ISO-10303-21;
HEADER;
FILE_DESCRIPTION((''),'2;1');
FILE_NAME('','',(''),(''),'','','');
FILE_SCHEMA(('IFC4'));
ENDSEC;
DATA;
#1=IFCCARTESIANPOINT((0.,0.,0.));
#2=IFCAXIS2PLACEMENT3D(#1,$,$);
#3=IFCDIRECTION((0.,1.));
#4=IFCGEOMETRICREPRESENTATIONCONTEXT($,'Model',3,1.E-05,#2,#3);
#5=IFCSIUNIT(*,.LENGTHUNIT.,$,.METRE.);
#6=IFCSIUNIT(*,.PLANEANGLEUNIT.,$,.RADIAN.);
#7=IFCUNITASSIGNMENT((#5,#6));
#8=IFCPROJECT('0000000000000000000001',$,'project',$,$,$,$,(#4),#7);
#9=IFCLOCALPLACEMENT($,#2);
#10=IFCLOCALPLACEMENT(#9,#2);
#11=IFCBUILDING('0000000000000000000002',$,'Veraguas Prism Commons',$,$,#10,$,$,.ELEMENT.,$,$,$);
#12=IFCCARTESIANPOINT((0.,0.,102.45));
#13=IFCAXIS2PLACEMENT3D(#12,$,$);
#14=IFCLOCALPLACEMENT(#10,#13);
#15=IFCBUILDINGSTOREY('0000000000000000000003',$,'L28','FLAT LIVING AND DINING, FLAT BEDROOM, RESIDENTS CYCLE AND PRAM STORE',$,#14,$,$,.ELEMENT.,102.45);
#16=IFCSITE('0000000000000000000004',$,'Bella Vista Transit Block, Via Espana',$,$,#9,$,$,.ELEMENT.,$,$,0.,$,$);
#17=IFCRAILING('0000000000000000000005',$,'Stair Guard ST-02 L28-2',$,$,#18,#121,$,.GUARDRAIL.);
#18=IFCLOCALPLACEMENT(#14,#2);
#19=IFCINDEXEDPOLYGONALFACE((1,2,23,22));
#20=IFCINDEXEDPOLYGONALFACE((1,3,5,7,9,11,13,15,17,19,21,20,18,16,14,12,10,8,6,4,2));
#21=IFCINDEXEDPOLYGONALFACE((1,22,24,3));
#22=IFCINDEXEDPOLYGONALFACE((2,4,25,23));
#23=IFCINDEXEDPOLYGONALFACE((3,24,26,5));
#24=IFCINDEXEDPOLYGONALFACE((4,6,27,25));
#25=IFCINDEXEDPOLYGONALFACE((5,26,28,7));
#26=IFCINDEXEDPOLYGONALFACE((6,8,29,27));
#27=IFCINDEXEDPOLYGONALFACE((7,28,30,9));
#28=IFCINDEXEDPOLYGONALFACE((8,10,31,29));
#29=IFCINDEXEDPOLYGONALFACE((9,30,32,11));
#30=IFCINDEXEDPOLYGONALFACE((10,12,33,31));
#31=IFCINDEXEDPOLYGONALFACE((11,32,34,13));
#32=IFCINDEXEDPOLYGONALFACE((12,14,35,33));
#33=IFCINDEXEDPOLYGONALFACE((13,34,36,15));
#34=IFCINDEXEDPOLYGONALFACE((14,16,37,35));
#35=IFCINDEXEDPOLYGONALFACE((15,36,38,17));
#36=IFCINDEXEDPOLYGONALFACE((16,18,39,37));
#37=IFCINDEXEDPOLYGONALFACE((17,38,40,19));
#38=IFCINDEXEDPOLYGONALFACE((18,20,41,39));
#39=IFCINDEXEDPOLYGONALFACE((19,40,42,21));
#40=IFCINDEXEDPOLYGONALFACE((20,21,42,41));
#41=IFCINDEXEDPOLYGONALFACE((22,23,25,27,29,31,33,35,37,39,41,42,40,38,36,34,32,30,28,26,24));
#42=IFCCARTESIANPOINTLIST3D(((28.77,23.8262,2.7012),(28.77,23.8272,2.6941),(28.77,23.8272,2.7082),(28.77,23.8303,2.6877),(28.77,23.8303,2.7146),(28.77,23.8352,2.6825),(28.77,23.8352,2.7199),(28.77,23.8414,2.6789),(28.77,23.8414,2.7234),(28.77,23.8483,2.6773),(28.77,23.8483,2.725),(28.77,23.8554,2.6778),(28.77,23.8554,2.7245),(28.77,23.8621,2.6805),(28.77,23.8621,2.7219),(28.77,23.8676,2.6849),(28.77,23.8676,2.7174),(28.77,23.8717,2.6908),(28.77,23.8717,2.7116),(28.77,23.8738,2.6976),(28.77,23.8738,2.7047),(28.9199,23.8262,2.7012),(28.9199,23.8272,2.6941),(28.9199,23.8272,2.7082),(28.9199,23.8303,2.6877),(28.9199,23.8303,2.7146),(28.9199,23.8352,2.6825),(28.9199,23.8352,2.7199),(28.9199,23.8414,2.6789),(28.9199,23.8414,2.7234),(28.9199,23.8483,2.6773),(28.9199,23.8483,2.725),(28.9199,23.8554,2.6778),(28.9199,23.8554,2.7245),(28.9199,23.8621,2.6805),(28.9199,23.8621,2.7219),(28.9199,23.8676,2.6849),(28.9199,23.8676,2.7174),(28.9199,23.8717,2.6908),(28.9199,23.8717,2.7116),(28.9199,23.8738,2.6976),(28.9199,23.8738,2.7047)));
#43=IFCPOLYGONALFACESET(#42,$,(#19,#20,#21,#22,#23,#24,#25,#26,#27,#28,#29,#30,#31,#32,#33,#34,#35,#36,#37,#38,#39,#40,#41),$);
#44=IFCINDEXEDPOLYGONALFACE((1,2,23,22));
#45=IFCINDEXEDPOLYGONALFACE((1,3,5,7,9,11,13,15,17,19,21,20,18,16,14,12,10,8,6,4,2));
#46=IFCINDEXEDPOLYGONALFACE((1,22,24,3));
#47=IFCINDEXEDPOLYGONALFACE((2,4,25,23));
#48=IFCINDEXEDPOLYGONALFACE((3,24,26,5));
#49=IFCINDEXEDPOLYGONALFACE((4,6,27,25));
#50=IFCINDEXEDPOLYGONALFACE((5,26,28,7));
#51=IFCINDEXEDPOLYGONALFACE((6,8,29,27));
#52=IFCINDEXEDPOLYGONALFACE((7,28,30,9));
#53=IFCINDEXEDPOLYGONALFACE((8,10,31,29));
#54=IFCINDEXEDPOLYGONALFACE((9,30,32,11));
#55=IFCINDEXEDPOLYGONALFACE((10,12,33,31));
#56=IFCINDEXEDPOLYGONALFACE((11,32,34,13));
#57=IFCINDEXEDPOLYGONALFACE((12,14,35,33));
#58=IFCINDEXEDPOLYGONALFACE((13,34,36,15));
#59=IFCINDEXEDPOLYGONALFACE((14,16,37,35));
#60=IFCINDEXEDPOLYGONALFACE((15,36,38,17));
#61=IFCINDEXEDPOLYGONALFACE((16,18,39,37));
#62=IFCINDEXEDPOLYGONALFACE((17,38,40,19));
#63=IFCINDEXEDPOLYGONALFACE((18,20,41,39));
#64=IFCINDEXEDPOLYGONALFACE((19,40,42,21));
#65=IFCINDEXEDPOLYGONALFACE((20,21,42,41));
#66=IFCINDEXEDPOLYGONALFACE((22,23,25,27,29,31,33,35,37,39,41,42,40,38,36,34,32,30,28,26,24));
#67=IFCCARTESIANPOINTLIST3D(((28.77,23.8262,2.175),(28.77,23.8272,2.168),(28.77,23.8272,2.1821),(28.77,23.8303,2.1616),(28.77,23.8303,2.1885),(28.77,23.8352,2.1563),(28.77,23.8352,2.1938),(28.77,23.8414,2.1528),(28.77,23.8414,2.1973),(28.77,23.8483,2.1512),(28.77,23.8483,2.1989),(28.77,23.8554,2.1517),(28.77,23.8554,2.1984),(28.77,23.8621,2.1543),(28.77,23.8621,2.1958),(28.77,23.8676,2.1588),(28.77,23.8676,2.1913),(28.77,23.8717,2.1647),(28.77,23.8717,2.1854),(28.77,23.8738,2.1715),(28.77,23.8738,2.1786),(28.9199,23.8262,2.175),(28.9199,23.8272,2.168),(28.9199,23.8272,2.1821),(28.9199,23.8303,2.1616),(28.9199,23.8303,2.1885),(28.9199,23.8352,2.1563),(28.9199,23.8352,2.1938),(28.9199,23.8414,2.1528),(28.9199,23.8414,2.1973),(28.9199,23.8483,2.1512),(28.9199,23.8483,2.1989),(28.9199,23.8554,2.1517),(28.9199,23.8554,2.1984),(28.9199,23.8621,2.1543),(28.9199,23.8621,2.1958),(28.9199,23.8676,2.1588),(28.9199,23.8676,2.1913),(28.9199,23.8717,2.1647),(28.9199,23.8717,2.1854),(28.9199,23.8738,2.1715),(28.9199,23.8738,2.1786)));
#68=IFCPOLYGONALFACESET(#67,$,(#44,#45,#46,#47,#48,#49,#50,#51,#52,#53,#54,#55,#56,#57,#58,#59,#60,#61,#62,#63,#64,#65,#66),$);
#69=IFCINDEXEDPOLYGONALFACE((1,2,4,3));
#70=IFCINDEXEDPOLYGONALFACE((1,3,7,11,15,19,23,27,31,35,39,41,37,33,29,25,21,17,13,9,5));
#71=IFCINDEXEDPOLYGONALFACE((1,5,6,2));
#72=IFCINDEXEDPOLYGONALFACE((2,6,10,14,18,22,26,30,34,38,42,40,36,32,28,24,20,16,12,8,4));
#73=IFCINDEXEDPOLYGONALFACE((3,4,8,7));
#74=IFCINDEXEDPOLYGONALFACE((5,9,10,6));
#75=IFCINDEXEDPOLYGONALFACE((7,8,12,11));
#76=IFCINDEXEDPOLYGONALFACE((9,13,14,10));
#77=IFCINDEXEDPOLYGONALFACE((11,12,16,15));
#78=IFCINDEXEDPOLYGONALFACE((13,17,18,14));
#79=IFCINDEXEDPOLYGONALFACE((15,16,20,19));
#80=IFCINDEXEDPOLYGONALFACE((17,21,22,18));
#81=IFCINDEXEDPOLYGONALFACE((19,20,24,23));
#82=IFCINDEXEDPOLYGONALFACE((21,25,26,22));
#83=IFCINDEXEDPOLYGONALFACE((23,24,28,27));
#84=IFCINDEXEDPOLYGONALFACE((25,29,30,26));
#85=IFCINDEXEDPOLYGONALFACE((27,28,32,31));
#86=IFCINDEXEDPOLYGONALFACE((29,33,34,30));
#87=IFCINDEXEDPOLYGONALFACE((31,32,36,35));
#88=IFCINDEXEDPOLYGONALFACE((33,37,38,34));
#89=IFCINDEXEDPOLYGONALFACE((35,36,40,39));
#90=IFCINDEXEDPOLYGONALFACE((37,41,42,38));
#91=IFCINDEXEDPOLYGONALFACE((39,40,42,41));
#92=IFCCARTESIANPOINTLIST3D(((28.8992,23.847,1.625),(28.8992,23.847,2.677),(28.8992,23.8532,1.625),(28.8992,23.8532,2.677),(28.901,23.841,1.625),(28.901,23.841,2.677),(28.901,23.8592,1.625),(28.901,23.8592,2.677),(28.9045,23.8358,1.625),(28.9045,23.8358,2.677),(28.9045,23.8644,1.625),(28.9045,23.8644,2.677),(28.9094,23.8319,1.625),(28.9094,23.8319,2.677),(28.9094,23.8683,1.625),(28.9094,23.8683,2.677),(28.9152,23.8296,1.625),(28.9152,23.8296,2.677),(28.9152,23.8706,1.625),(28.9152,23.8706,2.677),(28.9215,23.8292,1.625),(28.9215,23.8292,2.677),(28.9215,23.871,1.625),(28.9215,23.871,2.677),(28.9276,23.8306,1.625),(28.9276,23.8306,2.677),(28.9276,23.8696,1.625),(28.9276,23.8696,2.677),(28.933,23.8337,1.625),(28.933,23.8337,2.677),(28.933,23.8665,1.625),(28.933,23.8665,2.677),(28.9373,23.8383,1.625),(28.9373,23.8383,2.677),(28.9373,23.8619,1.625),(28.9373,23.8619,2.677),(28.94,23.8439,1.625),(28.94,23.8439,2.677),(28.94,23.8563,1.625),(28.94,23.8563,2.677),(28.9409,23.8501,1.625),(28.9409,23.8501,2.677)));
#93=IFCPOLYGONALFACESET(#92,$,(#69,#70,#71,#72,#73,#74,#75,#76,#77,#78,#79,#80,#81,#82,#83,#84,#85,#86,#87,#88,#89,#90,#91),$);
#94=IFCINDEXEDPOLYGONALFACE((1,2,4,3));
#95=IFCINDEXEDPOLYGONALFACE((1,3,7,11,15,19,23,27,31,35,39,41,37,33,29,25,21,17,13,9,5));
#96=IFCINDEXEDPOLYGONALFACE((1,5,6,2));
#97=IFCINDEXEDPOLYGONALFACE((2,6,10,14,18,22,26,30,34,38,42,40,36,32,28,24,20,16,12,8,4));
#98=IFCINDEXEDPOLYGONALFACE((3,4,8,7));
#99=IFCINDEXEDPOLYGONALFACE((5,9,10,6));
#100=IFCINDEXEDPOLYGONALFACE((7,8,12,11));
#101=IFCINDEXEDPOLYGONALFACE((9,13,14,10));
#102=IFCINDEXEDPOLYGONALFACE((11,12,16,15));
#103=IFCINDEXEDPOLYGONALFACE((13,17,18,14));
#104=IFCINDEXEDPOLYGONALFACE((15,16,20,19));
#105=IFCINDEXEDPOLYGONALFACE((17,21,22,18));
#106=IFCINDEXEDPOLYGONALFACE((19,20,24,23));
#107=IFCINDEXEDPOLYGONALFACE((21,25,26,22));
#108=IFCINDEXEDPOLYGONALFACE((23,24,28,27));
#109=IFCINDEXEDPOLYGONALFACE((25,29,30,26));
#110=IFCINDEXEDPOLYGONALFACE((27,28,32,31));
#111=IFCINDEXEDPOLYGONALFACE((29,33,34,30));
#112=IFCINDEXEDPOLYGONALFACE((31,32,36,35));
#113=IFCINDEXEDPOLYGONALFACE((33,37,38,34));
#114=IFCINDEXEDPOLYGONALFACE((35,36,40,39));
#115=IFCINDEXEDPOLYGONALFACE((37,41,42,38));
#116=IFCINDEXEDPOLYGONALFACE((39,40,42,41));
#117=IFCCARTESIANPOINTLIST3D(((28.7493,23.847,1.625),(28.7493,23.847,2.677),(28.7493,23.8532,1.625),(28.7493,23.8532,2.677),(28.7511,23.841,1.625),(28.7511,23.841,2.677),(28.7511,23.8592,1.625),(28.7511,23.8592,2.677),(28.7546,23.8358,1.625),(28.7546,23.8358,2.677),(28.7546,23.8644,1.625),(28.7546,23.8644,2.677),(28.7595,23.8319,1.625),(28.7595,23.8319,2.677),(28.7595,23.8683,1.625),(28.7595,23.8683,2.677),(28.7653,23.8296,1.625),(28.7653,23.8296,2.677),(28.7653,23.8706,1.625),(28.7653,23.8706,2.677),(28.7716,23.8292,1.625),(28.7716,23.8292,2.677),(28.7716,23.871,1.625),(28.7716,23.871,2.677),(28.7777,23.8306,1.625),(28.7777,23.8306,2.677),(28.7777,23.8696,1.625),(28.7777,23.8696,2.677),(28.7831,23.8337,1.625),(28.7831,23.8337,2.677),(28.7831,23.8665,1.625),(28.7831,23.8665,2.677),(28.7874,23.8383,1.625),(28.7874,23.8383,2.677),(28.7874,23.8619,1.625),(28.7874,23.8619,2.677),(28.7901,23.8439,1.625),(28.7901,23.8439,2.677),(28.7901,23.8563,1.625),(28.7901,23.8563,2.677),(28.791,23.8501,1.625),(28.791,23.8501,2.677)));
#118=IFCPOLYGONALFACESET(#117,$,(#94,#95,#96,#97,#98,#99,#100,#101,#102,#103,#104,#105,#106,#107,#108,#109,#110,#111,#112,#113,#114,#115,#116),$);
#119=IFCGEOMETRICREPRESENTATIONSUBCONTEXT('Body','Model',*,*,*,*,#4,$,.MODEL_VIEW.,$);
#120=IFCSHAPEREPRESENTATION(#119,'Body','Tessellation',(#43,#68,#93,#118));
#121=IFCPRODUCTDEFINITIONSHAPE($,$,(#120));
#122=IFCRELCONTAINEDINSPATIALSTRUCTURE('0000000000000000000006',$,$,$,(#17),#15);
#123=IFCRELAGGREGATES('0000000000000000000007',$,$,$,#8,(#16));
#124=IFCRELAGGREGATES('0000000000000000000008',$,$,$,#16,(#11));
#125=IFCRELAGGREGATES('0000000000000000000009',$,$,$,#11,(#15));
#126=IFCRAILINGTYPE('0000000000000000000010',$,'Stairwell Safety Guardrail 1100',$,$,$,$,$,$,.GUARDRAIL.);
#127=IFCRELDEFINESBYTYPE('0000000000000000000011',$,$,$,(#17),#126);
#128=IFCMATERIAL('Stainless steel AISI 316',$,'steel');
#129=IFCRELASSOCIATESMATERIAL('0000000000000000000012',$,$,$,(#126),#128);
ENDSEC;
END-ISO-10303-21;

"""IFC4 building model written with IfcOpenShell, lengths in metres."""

from ifc_helpers import new_model, si_unit, direction, frame, origin, origin_2d, place, context, subcontext, project, spatial, circle, extrude, material, type_object, element, save


model = new_model("IFC4")

# Units and contexts
model_context = context("Model", 3, precision=1e-05, world=origin(), true_north=direction((0.0, 1.0)))
body_context = subcontext(model_context, "Body", "Model", "MODEL_VIEW")
ifc_project = project(units=[si_unit("LENGTHUNIT", "METRE"), si_unit("PLANEANGLEUNIT", "RADIAN")], contexts=[model_context])

# Site, building, storey
site_placement = place(None, origin())
site = spatial("IfcSite", under=ifc_project, at=site_placement, Name="Bella Vista Transit Block, Via Espana", CompositionType="ELEMENT", RefElevation=0.0)
building_placement = place(site_placement, origin())
building = spatial("IfcBuilding", under=site, at=building_placement, Name="Veraguas Prism Commons", CompositionType="ELEMENT")
storey_placement = place(building_placement, frame((0.0, 0.0, 102.45)))
storey = spatial("IfcBuildingStorey", under=building, at=storey_placement, Name="L28", Description="FLAT LIVING AND DINING, FLAT BEDROOM, RESIDENTS CYCLE AND PRAM STORE", CompositionType="ELEMENT", Elevation=102.45)

# Shared definitions
ifc_material_1 = material(Name="Stainless steel AISI 316", Category="steel")

# Railing
railing_type_1 = type_object("IfcRailingType", Name="Stairwell Safety Guardrail 1100", PredefinedType="GUARDRAIL", material=ifc_material_1)
railing_1_placement = place(storey_placement, frame((28.9199, 23.8501, 1.625)))
element("IfcRailing", 1, at=railing_1_placement, inside=storey, type_object=railing_type_1, Name="Stair Guard ST-02 L28-2", PredefinedType="GUARDRAIL", context=body_context, shape_type="SweptSolid", body=[
    extrude(circle(Radius=0.0239, at=origin_2d()), frame((0.0, 0.0, 1.0762), z_axis=(-1.0, 0.0, 0.0), x_axis=(0.0, -1.0, 0.0)), (0.0, 0.0, 1.0), 0.1499),
    extrude(circle(Radius=0.0239, at=origin_2d()), frame((0.0, 0.0, 0.55), z_axis=(-1.0, 0.0, 0.0), x_axis=(0.0, -1.0, 0.0)), (0.0, 0.0, 1.0), 0.1499),
    extrude(circle(Radius=0.021, at=origin_2d()), origin(), (0.0, 0.0, 1.0), 1.052),
    extrude(circle(Radius=0.021, at=origin_2d()), frame((-0.1499, 0.0, 0.0)), (0.0, 0.0, 1.0), 1.052),
])

save(model, "model.ifc")
